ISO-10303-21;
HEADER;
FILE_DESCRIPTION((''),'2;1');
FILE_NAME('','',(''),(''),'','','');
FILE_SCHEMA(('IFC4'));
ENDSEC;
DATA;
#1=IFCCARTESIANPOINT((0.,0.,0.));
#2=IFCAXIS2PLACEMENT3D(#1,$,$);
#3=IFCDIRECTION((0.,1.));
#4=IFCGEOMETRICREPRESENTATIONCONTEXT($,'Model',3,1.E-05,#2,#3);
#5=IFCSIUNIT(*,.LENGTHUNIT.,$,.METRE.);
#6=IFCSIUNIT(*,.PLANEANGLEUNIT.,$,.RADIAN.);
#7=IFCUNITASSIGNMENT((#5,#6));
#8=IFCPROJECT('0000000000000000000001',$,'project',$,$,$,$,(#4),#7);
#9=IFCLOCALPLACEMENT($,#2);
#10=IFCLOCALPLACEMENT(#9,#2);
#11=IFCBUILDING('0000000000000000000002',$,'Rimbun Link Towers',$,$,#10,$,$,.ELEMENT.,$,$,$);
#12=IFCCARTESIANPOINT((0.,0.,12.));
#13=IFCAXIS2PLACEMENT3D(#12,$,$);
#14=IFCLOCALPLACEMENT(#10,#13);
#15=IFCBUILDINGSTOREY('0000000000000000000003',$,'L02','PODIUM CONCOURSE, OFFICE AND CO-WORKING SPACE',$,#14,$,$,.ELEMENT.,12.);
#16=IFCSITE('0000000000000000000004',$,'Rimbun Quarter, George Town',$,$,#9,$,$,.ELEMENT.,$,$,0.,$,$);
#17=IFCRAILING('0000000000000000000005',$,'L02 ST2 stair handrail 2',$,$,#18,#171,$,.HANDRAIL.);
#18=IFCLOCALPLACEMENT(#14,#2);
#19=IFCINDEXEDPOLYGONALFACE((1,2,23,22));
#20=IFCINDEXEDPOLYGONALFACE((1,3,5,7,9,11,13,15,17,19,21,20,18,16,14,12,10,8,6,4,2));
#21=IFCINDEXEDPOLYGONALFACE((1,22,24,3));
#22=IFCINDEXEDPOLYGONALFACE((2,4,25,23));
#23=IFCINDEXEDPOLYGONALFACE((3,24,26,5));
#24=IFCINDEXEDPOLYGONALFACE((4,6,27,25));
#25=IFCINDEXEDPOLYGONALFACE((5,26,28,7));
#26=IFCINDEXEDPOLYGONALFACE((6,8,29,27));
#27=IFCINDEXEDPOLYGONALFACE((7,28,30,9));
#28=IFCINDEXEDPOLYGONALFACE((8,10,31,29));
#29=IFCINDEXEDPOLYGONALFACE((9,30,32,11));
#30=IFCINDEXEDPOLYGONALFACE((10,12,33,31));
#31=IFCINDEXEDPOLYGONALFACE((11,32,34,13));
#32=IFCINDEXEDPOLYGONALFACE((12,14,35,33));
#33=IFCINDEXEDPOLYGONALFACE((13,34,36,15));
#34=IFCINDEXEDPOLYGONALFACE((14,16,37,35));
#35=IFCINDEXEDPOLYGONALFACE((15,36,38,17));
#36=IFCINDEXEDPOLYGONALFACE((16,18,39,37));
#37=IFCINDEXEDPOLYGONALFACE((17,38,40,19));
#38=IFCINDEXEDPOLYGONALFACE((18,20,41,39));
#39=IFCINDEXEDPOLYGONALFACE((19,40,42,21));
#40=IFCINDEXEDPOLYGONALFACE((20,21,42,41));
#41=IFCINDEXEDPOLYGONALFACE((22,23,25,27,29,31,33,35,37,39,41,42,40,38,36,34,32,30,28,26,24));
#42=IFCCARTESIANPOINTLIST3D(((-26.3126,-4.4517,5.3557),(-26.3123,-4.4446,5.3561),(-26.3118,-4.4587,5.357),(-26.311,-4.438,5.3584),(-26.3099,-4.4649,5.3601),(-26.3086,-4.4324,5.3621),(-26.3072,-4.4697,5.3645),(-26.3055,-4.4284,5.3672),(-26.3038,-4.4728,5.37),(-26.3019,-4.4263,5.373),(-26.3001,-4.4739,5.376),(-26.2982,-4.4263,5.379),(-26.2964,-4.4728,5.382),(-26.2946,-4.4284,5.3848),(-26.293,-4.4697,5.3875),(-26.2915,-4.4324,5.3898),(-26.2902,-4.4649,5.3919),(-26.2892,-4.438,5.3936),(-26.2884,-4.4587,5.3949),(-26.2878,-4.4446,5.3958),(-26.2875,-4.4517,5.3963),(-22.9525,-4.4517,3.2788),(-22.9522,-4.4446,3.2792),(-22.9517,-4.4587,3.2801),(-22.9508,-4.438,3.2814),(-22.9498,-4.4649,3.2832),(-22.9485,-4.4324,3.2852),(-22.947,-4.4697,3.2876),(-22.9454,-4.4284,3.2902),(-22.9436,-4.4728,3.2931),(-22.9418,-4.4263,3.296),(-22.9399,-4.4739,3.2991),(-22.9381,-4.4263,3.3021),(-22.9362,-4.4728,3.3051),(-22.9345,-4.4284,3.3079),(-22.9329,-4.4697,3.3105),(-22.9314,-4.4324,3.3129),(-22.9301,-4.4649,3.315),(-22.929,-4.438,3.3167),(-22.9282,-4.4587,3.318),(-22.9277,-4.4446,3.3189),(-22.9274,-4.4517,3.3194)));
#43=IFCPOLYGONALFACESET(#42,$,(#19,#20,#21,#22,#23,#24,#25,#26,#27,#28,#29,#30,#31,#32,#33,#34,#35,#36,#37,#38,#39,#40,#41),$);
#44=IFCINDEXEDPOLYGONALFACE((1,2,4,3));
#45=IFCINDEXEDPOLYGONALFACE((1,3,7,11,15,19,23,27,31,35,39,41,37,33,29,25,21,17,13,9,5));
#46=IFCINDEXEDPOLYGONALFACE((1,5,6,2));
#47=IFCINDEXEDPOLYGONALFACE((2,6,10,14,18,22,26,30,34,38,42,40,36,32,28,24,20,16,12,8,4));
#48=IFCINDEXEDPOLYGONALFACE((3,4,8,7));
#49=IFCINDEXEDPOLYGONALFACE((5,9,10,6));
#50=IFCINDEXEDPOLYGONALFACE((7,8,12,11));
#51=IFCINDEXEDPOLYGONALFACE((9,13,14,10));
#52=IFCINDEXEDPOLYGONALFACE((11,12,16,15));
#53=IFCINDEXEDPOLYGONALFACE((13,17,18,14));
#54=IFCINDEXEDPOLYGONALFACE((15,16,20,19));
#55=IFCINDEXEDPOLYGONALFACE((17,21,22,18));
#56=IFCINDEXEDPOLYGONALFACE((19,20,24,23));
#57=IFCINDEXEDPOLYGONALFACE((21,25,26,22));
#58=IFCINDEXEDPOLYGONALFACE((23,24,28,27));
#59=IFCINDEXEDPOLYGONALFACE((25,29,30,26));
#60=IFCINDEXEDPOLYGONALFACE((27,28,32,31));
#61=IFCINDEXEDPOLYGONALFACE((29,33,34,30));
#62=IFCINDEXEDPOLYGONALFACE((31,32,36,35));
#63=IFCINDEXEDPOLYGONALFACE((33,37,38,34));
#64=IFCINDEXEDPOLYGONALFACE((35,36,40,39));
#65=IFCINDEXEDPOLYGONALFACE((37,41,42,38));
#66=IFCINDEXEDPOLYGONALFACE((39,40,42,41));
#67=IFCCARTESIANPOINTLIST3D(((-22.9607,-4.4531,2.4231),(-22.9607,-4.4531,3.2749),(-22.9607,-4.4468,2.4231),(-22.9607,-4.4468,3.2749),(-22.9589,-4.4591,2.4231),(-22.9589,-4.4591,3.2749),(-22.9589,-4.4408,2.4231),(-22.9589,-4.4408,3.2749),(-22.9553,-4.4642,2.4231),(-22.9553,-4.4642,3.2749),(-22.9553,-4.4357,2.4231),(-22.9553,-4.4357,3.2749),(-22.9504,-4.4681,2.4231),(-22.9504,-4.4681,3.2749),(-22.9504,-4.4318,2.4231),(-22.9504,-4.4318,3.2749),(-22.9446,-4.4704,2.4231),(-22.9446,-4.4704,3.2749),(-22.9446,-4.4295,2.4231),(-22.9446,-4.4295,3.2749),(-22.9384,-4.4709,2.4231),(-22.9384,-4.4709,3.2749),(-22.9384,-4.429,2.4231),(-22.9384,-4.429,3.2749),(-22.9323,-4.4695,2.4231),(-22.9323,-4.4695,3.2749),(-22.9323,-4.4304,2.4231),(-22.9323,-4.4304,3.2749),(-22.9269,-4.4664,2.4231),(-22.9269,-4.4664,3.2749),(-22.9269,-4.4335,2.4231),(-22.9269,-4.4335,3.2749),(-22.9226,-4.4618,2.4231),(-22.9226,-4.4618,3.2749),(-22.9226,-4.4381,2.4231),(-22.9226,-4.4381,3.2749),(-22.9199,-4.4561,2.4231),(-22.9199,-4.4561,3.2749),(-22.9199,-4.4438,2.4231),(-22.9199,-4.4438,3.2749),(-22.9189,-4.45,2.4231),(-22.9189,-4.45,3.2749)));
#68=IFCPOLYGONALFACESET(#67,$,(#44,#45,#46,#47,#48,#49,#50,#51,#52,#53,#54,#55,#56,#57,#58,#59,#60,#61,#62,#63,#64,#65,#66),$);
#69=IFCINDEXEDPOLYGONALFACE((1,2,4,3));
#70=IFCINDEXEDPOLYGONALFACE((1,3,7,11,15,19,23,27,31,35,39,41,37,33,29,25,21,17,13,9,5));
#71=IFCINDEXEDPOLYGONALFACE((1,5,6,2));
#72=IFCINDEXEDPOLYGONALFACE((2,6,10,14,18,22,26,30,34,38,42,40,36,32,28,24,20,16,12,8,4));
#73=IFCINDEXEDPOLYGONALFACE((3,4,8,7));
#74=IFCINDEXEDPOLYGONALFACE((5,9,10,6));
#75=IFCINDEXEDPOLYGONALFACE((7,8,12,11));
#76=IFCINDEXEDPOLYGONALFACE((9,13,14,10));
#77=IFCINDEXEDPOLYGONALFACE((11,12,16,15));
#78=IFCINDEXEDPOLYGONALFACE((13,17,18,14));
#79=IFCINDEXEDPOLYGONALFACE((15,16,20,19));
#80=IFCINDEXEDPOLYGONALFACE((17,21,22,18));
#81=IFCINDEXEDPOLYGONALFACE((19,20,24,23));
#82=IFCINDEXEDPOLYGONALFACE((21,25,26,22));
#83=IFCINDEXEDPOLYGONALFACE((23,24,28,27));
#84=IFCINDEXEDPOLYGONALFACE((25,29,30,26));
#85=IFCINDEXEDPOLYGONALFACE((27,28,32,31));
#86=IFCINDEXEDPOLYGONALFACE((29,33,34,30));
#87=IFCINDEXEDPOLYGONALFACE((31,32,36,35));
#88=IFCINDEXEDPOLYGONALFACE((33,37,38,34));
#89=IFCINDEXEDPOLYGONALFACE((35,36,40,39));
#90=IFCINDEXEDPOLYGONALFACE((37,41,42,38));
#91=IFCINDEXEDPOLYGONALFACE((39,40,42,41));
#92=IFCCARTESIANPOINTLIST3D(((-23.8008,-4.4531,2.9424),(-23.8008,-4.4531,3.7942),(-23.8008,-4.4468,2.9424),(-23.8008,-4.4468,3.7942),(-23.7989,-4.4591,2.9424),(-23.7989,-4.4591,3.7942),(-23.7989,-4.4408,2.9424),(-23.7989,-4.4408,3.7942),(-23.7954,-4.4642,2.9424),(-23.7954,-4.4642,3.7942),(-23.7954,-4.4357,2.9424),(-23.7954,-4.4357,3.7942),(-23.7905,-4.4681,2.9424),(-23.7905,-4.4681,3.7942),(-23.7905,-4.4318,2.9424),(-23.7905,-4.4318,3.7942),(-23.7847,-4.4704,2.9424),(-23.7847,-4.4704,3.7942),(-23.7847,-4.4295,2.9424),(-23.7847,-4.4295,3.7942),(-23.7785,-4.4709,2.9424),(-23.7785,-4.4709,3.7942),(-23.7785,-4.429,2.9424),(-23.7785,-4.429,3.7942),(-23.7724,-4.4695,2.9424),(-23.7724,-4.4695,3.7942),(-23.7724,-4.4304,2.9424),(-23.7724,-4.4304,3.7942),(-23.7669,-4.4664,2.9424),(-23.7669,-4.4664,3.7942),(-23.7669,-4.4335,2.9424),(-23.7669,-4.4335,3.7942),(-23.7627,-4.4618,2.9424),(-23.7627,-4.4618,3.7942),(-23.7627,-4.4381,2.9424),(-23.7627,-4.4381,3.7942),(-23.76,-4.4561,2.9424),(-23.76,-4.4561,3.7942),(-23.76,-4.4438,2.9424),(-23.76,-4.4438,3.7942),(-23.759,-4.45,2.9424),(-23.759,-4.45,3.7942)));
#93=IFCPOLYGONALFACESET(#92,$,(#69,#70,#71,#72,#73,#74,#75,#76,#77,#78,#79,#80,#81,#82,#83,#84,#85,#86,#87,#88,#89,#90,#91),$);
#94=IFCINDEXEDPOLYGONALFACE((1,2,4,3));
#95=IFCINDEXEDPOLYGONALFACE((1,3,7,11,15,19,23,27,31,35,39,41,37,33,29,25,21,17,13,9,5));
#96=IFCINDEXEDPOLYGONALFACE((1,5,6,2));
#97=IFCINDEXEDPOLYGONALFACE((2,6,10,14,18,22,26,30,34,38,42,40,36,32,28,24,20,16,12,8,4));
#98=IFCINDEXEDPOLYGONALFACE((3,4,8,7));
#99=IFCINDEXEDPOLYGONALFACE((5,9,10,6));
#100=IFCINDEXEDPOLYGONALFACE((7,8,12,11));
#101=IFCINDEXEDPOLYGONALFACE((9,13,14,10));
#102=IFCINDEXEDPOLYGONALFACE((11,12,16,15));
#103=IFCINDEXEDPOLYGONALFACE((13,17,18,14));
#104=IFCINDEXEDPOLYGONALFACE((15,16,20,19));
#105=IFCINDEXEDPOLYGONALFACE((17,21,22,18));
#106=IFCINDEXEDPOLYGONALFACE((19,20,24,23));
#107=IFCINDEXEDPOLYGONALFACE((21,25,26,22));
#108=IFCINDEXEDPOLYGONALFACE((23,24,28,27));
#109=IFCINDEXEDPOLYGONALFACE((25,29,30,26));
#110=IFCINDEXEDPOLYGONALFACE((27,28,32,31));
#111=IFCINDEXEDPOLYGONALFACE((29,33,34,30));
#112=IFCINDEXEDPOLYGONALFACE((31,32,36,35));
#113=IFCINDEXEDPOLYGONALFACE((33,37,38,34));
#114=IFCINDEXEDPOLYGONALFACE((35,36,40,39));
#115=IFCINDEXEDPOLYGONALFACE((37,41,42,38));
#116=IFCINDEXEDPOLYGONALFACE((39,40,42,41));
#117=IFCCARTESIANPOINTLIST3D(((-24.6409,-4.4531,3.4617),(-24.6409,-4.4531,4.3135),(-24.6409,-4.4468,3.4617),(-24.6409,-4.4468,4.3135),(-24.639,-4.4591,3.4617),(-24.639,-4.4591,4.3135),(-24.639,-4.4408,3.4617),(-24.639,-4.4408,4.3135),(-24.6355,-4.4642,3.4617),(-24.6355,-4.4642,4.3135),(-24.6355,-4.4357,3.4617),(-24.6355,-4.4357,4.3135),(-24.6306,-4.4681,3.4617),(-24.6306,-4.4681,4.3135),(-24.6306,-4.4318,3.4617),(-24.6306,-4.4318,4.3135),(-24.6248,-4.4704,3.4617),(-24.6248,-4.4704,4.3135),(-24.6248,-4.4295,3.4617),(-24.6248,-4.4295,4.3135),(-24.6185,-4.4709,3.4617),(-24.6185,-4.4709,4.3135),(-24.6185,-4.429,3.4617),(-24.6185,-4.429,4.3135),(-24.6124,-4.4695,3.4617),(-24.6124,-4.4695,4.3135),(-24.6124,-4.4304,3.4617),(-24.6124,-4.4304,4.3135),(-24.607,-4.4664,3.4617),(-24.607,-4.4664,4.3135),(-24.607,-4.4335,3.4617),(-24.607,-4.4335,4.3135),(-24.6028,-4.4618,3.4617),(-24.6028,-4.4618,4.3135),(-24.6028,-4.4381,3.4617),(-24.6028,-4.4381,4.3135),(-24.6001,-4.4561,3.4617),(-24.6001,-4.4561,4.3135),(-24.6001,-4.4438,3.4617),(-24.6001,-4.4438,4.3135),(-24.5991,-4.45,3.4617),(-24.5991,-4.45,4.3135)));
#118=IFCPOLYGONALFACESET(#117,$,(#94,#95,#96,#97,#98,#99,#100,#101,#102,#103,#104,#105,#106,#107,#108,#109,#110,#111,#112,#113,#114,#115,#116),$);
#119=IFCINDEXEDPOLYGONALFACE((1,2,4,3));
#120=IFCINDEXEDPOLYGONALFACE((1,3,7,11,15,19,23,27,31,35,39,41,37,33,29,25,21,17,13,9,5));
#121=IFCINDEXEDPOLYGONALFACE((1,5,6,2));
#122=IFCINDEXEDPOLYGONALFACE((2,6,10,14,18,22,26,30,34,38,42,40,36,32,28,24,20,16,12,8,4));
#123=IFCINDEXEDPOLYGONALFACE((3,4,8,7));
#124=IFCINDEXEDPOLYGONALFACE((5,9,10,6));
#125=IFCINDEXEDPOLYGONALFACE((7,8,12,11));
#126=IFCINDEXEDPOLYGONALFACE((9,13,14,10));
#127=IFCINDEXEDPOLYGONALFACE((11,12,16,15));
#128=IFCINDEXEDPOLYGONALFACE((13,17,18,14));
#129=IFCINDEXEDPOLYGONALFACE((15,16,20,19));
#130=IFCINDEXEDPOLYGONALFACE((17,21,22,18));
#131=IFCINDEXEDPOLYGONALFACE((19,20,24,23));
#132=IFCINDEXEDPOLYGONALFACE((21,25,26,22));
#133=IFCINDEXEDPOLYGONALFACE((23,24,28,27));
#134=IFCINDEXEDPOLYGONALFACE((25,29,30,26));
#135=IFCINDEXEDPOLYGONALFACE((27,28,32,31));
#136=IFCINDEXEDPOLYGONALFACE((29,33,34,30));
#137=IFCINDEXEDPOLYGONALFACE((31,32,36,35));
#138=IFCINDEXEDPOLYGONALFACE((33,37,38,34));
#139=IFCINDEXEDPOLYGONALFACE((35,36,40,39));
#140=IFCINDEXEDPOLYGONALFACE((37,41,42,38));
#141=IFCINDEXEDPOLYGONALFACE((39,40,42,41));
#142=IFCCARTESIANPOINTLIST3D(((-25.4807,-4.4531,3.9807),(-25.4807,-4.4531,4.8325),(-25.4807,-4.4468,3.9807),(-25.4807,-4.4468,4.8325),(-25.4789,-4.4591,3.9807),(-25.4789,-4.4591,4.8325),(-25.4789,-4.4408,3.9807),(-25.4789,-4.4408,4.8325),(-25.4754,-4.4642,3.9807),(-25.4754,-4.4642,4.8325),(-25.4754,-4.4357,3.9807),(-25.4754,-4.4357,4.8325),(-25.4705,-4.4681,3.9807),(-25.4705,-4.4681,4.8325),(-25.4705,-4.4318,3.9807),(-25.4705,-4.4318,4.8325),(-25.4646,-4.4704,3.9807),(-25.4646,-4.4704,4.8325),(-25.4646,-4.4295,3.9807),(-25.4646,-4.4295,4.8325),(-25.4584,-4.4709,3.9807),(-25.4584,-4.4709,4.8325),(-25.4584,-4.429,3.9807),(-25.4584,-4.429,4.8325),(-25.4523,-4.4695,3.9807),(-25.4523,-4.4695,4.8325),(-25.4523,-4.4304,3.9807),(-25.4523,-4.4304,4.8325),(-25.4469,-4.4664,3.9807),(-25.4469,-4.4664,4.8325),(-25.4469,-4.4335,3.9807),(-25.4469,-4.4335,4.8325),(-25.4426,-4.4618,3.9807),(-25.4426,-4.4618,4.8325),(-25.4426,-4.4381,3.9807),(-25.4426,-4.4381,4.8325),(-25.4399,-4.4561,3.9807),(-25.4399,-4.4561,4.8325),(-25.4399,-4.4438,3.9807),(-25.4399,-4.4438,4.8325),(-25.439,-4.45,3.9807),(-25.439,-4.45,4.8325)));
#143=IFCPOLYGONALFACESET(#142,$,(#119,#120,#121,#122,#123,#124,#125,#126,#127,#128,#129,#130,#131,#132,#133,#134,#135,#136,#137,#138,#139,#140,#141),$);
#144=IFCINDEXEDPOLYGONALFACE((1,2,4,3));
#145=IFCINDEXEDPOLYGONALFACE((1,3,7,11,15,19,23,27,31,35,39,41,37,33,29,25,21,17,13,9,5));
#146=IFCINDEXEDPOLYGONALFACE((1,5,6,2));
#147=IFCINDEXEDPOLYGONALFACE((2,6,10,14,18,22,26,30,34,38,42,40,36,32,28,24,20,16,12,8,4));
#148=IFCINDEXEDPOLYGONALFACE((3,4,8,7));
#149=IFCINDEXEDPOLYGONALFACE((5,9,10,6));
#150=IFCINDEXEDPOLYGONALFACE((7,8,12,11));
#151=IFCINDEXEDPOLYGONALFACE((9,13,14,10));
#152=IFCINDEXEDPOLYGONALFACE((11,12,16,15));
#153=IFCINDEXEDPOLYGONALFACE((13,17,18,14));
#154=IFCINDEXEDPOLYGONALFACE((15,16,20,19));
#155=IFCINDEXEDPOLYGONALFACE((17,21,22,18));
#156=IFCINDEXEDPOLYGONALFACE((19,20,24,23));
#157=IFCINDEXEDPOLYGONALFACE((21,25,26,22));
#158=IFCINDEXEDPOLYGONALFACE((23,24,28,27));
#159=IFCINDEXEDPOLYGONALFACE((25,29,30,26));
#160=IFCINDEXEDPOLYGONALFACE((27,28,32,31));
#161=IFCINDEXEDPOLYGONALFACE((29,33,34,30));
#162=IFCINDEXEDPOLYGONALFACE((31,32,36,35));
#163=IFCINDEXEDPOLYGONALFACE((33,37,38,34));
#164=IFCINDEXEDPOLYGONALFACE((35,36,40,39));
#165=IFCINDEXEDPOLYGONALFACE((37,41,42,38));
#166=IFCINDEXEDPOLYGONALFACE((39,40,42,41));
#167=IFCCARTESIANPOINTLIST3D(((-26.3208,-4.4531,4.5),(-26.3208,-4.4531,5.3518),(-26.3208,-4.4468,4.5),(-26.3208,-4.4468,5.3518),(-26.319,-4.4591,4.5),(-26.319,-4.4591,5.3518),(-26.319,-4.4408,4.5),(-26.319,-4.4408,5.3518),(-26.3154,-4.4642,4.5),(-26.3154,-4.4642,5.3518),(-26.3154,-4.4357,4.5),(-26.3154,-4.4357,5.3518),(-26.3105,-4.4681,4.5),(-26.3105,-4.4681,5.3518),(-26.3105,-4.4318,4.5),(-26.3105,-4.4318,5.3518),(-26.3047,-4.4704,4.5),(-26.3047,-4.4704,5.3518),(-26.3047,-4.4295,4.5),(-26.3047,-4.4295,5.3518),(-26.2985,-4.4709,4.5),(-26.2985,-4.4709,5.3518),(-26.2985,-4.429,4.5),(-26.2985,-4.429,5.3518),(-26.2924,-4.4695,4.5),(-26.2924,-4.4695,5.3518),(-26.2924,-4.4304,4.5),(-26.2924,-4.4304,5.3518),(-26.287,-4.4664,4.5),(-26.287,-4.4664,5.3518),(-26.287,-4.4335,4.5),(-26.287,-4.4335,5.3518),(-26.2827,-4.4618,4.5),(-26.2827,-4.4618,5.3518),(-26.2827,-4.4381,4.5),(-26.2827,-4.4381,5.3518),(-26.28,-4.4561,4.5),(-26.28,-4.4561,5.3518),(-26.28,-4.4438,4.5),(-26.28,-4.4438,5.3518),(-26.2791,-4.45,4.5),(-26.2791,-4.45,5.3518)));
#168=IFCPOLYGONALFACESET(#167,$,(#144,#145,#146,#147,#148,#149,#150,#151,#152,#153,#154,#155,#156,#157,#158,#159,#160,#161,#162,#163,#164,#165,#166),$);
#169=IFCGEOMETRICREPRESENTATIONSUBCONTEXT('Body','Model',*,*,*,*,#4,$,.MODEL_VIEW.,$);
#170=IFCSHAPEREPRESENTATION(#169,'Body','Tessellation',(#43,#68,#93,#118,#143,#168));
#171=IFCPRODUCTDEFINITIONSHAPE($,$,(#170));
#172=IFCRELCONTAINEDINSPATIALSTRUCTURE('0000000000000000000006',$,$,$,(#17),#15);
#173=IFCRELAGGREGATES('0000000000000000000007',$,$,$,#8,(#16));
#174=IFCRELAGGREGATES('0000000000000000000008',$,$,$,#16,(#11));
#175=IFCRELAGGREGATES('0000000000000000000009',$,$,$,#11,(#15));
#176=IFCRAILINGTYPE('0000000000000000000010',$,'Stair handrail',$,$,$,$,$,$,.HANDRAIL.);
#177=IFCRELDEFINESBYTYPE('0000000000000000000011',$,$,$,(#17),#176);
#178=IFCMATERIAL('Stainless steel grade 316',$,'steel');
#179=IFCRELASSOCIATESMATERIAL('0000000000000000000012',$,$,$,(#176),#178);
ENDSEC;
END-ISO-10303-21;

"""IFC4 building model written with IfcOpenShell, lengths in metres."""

from ifc_helpers import new_model, si_unit, direction, frame, origin, origin_2d, place, context, subcontext, project, spatial, circle, extrude, material, type_object, element, save


model = new_model("IFC4")

# Units and contexts
model_context = context("Model", 3, precision=1e-05, world=origin(), true_north=direction((0.0, 1.0)))
body_context = subcontext(model_context, "Body", "Model", "MODEL_VIEW")
ifc_project = project(units=[si_unit("LENGTHUNIT", "METRE"), si_unit("PLANEANGLEUNIT", "RADIAN")], contexts=[model_context])

# Site, building, storey
site_placement = place(None, origin())
site = spatial("IfcSite", under=ifc_project, at=site_placement, Name="Rimbun Quarter, George Town", CompositionType="ELEMENT", RefElevation=0.0)
building_placement = place(site_placement, origin())
building = spatial("IfcBuilding", under=site, at=building_placement, Name="Rimbun Link Towers", CompositionType="ELEMENT")
storey_placement = place(building_placement, frame((0.0, 0.0, 12.0)))
storey = spatial("IfcBuildingStorey", under=building, at=storey_placement, Name="L02", Description="PODIUM CONCOURSE, OFFICE AND CO-WORKING SPACE", CompositionType="ELEMENT", Elevation=12.0)

# Railing
ifc_material_1 = material(Name="Stainless steel grade 316", Category="steel")
railing_type_1 = type_object("IfcRailingType", Name="Stair handrail", PredefinedType="HANDRAIL", material=ifc_material_1)
railing_1_placement = place(storey_placement, frame((-22.9399, -4.45, 2.4231)))
element("IfcRailing", 1, at=railing_1_placement, inside=storey, type_object=railing_type_1, Name="L02 ST2 stair handrail 2", PredefinedType="HANDRAIL", context=body_context, shape_type="SweptSolid", body=[
    extrude(circle(Radius=0.0239, at=origin_2d()), frame((0.0, 0.0, 0.876), z_axis=(-0.850623, 0.0, 0.525776), x_axis=(0.0, -1.0, 0.0)), (0.0, 0.0, 1.0), 3.9502),
    extrude(circle(Radius=0.021, at=origin_2d()), origin(), (0.0, 0.0, 1.0), 0.8518),
    extrude(circle(Radius=0.021, at=origin_2d()), frame((-0.8401, 0.0, 0.5193)), (0.0, 0.0, 1.0), 0.8518),
    extrude(circle(Radius=0.021, at=origin_2d()), frame((-1.6802, 0.0, 1.0386)), (0.0, 0.0, 1.0), 0.8518),
    extrude(circle(Radius=0.021, at=origin_2d()), frame((-2.52, 0.0, 1.5576)), (0.0, 0.0, 1.0), 0.8518),
    extrude(circle(Radius=0.021, at=origin_2d()), frame((-3.3601, 0.0, 2.0769)), (0.0, 0.0, 1.0), 0.8518),
])

save(model, "model.ifc")
